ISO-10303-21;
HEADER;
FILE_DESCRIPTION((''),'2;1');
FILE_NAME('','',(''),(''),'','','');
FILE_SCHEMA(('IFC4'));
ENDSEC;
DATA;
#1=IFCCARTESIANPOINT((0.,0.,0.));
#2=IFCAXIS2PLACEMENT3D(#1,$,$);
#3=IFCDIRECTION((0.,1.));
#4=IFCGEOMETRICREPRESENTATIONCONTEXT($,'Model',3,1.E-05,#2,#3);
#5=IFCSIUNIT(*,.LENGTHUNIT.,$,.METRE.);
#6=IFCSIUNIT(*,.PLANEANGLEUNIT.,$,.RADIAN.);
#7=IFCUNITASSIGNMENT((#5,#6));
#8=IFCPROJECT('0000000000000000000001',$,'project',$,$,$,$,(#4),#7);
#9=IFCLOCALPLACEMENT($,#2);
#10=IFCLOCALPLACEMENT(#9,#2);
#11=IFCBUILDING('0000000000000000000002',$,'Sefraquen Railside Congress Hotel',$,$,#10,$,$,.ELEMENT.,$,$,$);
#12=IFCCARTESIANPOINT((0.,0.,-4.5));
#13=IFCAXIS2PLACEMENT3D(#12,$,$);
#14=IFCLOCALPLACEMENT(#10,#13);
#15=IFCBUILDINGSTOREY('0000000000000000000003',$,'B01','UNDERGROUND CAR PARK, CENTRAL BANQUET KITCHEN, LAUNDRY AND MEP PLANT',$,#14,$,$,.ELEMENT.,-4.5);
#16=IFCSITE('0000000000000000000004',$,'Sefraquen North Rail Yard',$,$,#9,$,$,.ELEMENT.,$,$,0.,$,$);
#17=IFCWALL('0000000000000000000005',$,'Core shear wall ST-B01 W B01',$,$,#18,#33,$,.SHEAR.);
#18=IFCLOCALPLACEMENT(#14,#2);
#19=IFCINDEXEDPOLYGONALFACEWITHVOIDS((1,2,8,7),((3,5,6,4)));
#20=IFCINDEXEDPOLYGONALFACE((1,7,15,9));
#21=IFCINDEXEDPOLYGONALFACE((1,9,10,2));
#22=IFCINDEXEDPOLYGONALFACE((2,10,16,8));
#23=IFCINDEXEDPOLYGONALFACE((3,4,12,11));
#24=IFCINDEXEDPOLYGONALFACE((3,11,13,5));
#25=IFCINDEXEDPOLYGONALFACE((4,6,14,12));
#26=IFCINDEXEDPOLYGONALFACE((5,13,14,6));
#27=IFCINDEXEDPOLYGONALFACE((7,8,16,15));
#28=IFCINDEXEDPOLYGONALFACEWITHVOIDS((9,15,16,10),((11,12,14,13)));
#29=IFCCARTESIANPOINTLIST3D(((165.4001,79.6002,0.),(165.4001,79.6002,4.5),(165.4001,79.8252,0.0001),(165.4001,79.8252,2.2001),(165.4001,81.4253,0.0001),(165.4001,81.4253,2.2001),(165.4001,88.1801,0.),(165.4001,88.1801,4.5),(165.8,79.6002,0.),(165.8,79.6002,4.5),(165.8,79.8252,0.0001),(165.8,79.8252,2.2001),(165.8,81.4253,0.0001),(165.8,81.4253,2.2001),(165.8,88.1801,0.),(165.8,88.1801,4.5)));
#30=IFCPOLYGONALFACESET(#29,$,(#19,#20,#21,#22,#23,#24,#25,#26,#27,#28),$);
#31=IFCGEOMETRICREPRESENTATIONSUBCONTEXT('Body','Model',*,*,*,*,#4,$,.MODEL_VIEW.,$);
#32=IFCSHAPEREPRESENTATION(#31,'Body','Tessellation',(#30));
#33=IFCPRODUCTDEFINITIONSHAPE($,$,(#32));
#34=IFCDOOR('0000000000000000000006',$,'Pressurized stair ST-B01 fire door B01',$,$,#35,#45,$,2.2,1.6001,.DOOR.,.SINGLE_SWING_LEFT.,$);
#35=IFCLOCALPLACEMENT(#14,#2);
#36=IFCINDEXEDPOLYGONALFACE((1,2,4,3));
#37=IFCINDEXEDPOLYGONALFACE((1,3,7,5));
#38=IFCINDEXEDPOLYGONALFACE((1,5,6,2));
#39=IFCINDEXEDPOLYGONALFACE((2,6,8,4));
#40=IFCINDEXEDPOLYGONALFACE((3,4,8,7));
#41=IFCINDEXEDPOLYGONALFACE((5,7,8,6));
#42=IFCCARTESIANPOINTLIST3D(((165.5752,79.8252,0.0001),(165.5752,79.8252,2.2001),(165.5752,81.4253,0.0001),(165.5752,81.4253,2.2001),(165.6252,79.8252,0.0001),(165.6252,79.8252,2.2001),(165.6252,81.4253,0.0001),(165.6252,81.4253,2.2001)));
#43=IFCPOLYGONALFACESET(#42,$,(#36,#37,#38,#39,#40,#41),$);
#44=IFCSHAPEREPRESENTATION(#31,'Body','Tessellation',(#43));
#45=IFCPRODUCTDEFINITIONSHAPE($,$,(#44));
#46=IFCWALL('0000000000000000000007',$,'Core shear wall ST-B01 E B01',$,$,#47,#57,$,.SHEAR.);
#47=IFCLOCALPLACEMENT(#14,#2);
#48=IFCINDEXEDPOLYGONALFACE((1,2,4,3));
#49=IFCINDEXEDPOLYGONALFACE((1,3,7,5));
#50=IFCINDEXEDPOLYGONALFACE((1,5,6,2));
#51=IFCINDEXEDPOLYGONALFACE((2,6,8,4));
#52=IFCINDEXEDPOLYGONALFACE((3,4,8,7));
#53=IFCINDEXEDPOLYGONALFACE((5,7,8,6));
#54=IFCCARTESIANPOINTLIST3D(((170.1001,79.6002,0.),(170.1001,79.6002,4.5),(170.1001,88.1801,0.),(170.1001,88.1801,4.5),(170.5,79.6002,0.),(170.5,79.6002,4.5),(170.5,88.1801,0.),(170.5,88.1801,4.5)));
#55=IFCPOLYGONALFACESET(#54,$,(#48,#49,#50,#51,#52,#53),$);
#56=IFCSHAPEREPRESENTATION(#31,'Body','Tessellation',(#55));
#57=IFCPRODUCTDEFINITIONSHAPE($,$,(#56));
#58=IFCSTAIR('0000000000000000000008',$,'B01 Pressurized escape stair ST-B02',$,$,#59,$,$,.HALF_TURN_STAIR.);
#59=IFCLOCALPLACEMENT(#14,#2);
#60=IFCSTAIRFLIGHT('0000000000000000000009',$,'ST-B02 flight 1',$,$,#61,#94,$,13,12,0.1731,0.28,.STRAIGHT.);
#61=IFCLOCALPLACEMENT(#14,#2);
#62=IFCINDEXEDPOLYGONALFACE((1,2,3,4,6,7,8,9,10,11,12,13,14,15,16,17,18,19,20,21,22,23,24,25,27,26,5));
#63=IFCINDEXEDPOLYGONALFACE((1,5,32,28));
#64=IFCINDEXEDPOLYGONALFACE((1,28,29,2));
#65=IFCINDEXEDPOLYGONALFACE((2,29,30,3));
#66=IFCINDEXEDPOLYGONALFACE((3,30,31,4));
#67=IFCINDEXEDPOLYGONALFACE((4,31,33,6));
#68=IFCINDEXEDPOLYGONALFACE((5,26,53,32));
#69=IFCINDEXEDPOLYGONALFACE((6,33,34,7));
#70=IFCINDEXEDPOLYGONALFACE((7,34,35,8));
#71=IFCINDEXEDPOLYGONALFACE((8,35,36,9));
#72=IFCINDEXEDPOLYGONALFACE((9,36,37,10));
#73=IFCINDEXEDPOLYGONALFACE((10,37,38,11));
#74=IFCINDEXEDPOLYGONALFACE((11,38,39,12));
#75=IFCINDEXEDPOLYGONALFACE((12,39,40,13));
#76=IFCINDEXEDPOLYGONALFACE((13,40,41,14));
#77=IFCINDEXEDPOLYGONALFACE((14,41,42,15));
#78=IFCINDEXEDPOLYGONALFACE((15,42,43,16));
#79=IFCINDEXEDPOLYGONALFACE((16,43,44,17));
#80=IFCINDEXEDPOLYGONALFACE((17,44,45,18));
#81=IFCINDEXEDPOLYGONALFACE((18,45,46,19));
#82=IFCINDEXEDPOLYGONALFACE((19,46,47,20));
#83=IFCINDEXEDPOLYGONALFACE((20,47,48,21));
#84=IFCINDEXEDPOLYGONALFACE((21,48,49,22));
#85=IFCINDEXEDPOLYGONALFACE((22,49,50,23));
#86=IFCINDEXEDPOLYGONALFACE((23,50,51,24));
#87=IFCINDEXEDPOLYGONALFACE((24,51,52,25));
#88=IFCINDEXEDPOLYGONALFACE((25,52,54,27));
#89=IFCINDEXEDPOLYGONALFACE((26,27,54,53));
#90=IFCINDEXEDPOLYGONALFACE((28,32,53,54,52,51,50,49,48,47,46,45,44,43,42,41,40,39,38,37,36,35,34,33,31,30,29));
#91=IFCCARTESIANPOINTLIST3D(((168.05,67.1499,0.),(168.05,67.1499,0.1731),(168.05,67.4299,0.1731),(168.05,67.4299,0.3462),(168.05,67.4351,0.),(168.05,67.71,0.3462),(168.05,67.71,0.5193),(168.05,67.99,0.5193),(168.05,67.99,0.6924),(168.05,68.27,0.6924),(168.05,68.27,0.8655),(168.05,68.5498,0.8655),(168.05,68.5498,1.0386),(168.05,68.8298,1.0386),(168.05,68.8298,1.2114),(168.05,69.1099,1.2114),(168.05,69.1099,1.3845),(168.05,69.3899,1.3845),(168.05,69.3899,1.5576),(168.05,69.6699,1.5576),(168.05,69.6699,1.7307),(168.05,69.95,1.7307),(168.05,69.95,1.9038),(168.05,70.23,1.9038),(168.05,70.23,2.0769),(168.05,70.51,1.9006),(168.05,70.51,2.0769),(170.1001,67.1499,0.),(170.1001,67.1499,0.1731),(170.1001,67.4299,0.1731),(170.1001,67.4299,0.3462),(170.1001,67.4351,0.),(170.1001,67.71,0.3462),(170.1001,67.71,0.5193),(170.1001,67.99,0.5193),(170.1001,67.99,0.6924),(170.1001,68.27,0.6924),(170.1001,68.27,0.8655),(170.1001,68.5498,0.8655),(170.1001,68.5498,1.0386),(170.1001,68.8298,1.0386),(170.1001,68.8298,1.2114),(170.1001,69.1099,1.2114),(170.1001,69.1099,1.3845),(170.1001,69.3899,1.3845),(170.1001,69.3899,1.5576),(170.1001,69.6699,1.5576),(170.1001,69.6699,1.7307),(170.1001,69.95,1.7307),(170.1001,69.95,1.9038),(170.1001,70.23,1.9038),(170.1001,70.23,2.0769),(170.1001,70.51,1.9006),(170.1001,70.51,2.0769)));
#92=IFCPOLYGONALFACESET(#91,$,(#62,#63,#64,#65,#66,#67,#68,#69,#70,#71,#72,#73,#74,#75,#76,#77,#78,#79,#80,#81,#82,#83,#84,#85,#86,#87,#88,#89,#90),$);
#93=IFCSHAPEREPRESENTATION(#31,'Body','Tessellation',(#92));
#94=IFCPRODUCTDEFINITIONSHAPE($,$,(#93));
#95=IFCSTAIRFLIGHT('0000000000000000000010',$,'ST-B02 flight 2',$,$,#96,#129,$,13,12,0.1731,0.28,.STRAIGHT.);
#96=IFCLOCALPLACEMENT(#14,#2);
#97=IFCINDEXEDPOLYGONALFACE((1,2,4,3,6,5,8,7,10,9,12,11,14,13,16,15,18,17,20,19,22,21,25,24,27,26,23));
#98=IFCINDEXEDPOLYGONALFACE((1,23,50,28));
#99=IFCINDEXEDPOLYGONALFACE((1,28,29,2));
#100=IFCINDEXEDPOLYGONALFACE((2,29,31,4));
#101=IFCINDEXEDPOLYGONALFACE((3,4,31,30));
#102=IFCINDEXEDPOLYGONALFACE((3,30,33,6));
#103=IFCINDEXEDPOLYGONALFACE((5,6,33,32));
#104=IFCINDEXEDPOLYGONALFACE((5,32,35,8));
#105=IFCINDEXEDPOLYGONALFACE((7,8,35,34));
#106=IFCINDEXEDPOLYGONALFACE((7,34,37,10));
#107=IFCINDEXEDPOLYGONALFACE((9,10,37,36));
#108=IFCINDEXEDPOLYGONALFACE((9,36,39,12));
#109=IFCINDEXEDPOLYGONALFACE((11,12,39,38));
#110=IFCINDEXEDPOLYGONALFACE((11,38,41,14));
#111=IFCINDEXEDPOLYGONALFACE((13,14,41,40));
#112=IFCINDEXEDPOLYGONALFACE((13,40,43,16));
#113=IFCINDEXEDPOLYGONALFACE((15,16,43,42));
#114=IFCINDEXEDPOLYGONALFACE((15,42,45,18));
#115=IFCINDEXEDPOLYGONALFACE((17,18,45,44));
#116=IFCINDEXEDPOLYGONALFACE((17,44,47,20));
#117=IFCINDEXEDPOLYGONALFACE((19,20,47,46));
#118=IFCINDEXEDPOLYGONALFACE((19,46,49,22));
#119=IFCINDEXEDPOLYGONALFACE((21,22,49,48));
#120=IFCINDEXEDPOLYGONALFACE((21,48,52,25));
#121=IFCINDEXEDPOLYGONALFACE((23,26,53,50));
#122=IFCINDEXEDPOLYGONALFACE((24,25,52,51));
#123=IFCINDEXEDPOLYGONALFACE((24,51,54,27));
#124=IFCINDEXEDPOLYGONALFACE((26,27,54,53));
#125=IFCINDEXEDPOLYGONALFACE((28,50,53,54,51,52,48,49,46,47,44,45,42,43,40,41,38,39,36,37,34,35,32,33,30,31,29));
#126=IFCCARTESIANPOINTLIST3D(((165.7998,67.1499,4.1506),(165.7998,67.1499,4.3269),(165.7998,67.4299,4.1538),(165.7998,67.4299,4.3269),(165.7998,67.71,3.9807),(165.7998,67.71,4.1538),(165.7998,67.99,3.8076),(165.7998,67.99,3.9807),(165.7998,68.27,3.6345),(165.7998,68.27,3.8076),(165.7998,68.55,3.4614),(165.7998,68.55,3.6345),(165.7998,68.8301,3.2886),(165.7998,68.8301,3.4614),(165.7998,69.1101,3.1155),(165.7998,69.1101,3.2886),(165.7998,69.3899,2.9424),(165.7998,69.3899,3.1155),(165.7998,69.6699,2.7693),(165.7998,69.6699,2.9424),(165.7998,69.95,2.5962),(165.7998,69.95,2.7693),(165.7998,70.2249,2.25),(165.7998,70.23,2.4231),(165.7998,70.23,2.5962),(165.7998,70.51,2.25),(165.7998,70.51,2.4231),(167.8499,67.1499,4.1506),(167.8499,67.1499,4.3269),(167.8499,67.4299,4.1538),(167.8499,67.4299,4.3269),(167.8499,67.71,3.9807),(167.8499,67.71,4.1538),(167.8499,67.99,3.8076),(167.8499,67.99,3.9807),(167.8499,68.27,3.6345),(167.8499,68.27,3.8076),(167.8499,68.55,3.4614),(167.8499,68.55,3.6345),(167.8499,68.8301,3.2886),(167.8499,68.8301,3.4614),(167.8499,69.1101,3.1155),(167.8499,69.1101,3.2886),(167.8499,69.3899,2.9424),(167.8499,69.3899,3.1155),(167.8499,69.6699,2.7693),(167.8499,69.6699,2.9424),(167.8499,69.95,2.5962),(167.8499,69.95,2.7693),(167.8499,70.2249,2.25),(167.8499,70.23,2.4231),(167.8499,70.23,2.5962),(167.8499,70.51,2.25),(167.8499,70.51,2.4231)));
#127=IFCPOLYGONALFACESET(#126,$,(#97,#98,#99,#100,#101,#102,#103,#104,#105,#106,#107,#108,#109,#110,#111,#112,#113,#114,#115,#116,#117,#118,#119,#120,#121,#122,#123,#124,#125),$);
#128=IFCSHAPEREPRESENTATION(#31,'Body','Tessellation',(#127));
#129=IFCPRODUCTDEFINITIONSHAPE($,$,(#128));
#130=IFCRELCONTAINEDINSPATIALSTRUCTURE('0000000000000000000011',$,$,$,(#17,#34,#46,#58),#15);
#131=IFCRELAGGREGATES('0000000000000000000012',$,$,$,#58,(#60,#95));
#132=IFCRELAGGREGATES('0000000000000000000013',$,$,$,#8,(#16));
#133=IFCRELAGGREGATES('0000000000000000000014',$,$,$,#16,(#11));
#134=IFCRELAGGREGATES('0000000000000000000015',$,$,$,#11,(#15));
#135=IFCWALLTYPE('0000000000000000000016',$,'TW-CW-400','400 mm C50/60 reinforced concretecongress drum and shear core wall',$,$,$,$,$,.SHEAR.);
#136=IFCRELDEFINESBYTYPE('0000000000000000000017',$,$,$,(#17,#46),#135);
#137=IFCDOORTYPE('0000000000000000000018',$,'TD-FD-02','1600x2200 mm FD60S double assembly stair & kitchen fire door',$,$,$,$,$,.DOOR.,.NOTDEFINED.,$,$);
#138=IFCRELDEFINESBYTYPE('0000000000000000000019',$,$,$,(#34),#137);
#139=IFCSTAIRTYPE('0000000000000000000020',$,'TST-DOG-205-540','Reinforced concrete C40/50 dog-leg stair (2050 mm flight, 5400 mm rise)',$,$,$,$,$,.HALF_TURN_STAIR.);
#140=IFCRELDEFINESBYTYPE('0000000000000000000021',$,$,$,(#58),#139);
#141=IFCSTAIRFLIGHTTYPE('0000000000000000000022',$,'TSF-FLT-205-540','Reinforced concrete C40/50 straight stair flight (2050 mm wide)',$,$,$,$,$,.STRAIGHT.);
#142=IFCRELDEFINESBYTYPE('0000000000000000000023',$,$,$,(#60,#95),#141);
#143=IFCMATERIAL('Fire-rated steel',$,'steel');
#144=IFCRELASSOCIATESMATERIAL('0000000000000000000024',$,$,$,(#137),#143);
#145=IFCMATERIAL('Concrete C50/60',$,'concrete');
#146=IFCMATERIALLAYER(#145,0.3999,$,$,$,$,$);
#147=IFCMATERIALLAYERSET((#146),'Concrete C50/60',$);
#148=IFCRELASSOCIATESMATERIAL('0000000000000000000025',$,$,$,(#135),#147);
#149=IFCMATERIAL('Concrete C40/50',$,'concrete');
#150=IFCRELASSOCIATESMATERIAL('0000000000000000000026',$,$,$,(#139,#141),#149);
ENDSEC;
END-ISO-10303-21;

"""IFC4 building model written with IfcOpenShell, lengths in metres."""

from ifc_helpers import new_model, si_unit, direction, frame, frame_2d, origin, place, context, subcontext, project, spatial, polyline, rectangle, outline, extrude, material, layer, layer_set, type_object, element, fill, aggregate, save


model = new_model("IFC4")

# Units and contexts
model_context = context("Model", 3, precision=1e-05, world=origin(), true_north=direction((0.0, 1.0)))
body_context = subcontext(model_context, "Body", "Model", "MODEL_VIEW")
ifc_project = project(units=[si_unit("LENGTHUNIT", "METRE"), si_unit("PLANEANGLEUNIT", "RADIAN")], contexts=[model_context])

# Site, building, storey
site_placement = place(None, origin())
site = spatial("IfcSite", under=ifc_project, at=site_placement, Name="Sefraquen North Rail Yard", CompositionType="ELEMENT", RefElevation=0.0)
building_placement = place(site_placement, origin())
building = spatial("IfcBuilding", under=site, at=building_placement, Name="Sefraquen Railside Congress Hotel", CompositionType="ELEMENT")
storey_placement = place(building_placement, frame((0.0, 0.0, -4.5)))
storey = spatial("IfcBuildingStorey", under=building, at=storey_placement, Name="B01", Description="UNDERGROUND CAR PARK, CENTRAL BANQUET KITCHEN, LAUNDRY AND MEP PLANT", CompositionType="ELEMENT", Elevation=-4.5)

# Shared definitions
ifc_material_1 = material(Name="Concrete C50/60", Category="concrete")

# Shared definitions
ifc_material_2 = material(Name="Fire-rated steel", Category="steel")
door_type = type_object("IfcDoorType", Name="TD-FD-02", Description="1600x2200 mm FD60S double assembly stair & kitchen fire door", OperationType="NOTDEFINED", PredefinedType="DOOR", material=ifc_material_2)

# Shared definitions
ifc_layer_1 = layer(ifc_material_1, 0.3999)
ifc_layer_set_1 = layer_set([ifc_layer_1], Name="Concrete C50/60")
wall_type_1 = type_object("IfcWallType", Name="TW-CW-400", Description="400 mm C50/60 reinforced concretecongress drum and shear core wall", PredefinedType="SHEAR", material=ifc_layer_set_1)

# Wall, opening, door
wall_1_placement = place(storey_placement, frame((165.6001, 79.6001, 0.0), z_axis=(0.0, 0.0, 1.0), x_axis=(0.0, 1.0, 0.0)))
wall_1 = element("IfcWall", 1, at=wall_1_placement, inside=storey, type_object=wall_type_1, Name="Core shear wall ST-B01 W B01", PredefinedType="SHEAR", context=body_context, shape_type="SweptSolid", body=[
    extrude(rectangle(XDim=8.5798, YDim=0.3999, at=frame_2d((4.29, 0.0))), origin(), (0.0, 0.0, 1.0), 4.5),
])
opening_1_placement = place(wall_1_placement, frame((0.2251, 0.0, 0.0)))
opening_1 = element("IfcOpeningElement", 2, at=opening_1_placement, cuts=wall_1, PredefinedType="OPENING", context=body_context, shape_type="SweptSolid", body=[
    extrude(rectangle(XDim=1.6001, YDim=2.2, at=frame_2d((0.8, 1.1001))), frame((0.0, 0.21, 0.0), z_axis=(0.0, -1.0, 0.0), x_axis=(1.0, 0.0, 0.0)), (0.0, 0.0, 1.0), 0.4199),
])
door_1_placement = place(opening_1_placement, origin())
door_1 = element("IfcDoor", 3, at=door_1_placement, inside=storey, type_object=door_type, Name="Pressurized stair ST-B01 fire door B01", OperationType="SINGLE_SWING_LEFT", OverallHeight=2.2, OverallWidth=1.6001, PredefinedType="DOOR", context=body_context, shape_type="SweptSolid", body=[
    extrude(rectangle(XDim=1.6001, YDim=2.2, at=frame_2d((0.8, 1.1001))), frame((0.0, 0.0249, 0.0), z_axis=(0.0, -1.0, 0.0), x_axis=(1.0, 0.0, 0.0)), (0.0, 0.0, 1.0), 0.05),
])
fill(opening_1, door_1)

# Wall
wall_2_placement = place(storey_placement, frame((170.3, 79.6001, 0.0), z_axis=(0.0, 0.0, 1.0), x_axis=(0.0, 1.0, 0.0)))
element("IfcWall", 4, at=wall_2_placement, inside=storey, type_object=wall_type_1, Name="Core shear wall ST-B01 E B01", PredefinedType="SHEAR", context=body_context, shape_type="SweptSolid", body=[
    extrude(rectangle(XDim=8.5798, YDim=0.3999, at=frame_2d((4.29, 0.0))), origin(), (0.0, 0.0, 1.0), 4.5),
])

# Stair, stair flights
ifc_material_3 = material(Name="Concrete C40/50", Category="concrete")
stair_type = type_object("IfcStairType", Name="TST-DOG-205-540", Description="Reinforced concrete C40/50 dog-leg stair (2050 mm flight, 5400 mm rise)", PredefinedType="HALF_TURN_STAIR", material=ifc_material_3)
stair_placement = place(storey_placement, origin())
stair = element("IfcStair", 5, at=stair_placement, inside=storey, type_object=stair_type, Name="B01 Pressurized escape stair ST-B02", PredefinedType="HALF_TURN_STAIR")
stair_flight_type = type_object("IfcStairFlightType", Name="TSF-FLT-205-540", Description="Reinforced concrete C40/50 straight stair flight (2050 mm wide)", PredefinedType="STRAIGHT", material=ifc_material_3)
stair_flight_1_placement = place(storey_placement, frame((169.075, 67.1499, 0.0), z_axis=(0.0, 0.0, 1.0), x_axis=(0.0, 1.0, 0.0)))
stair_flight_1 = element("IfcStairFlight", 6, at=stair_flight_1_placement, type_object=stair_flight_type, Name="ST-B02 flight 1", NumberOfRisers=13, NumberOfTreads=12, PredefinedType="STRAIGHT", RiserHeight=0.1731, TreadLength=0.28, context=body_context, shape_type="SweptSolid", body=[
    extrude(outline(polyline([(0.0, 0.0), (0.0, 0.1731), (0.28, 0.1731), (0.28, 0.3462), (0.5601, 0.3462), (0.5601, 0.5193), (0.8401, 0.5193), (0.8401, 0.6924), (1.1201, 0.6924), (1.1201, 0.8655), (1.3999, 0.8655), (1.3999, 1.0386), (1.6799, 1.0386), (1.6799, 1.2114), (1.96, 1.2114), (1.96, 1.3845), (2.24, 1.3845), (2.24, 1.5576), (2.52, 1.5576), (2.52, 1.7307), (2.8, 1.7307), (2.8, 1.9038), (3.0801, 1.9038), (3.0801, 2.0769), (3.3601, 2.0769), (3.3601, 2.25), (3.3601, 1.9006), (0.2852, 0.0), (0.0, 0.0)])), frame((0.0, 1.0249, 0.0), z_axis=(0.0, -1.0, 0.0), x_axis=(1.0, 0.0, 0.0)), (0.0, 0.0, 1.0), 2.05),
])
stair_flight_2_placement = place(storey_placement, frame((166.825, 70.51, 2.25), z_axis=(0.0, 0.0, 1.0), x_axis=(0.0, -1.0, 0.0)))
stair_flight_2 = element("IfcStairFlight", 7, at=stair_flight_2_placement, type_object=stair_flight_type, Name="ST-B02 flight 2", NumberOfRisers=13, NumberOfTreads=12, PredefinedType="STRAIGHT", RiserHeight=0.1731, TreadLength=0.28, context=body_context, shape_type="SweptSolid", body=[
    extrude(outline(polyline([(0.0, 0.0), (0.0, 0.1731), (0.28, 0.1731), (0.28, 0.3462), (0.5601, 0.3462), (0.5601, 0.5193), (0.8401, 0.5193), (0.8401, 0.6924), (1.1201, 0.6924), (1.1201, 0.8655), (1.3999, 0.8655), (1.3999, 1.0386), (1.6799, 1.0386), (1.6799, 1.2114), (1.96, 1.2114), (1.96, 1.3845), (2.24, 1.3845), (2.24, 1.5576), (2.52, 1.5576), (2.52, 1.7307), (2.8, 1.7307), (2.8, 1.9038), (3.0801, 1.9038), (3.0801, 2.0769), (3.3601, 2.0769), (3.3601, 2.25), (3.3601, 1.9006), (0.2852, 0.0), (0.0, 0.0)])), frame((0.0, 1.0249, 0.0), z_axis=(0.0, -1.0, 0.0), x_axis=(1.0, 0.0, 0.0)), (0.0, 0.0, 1.0), 2.05),
])
aggregate(stair, [stair_flight_1, stair_flight_2])

save(model, "model.ifc")
